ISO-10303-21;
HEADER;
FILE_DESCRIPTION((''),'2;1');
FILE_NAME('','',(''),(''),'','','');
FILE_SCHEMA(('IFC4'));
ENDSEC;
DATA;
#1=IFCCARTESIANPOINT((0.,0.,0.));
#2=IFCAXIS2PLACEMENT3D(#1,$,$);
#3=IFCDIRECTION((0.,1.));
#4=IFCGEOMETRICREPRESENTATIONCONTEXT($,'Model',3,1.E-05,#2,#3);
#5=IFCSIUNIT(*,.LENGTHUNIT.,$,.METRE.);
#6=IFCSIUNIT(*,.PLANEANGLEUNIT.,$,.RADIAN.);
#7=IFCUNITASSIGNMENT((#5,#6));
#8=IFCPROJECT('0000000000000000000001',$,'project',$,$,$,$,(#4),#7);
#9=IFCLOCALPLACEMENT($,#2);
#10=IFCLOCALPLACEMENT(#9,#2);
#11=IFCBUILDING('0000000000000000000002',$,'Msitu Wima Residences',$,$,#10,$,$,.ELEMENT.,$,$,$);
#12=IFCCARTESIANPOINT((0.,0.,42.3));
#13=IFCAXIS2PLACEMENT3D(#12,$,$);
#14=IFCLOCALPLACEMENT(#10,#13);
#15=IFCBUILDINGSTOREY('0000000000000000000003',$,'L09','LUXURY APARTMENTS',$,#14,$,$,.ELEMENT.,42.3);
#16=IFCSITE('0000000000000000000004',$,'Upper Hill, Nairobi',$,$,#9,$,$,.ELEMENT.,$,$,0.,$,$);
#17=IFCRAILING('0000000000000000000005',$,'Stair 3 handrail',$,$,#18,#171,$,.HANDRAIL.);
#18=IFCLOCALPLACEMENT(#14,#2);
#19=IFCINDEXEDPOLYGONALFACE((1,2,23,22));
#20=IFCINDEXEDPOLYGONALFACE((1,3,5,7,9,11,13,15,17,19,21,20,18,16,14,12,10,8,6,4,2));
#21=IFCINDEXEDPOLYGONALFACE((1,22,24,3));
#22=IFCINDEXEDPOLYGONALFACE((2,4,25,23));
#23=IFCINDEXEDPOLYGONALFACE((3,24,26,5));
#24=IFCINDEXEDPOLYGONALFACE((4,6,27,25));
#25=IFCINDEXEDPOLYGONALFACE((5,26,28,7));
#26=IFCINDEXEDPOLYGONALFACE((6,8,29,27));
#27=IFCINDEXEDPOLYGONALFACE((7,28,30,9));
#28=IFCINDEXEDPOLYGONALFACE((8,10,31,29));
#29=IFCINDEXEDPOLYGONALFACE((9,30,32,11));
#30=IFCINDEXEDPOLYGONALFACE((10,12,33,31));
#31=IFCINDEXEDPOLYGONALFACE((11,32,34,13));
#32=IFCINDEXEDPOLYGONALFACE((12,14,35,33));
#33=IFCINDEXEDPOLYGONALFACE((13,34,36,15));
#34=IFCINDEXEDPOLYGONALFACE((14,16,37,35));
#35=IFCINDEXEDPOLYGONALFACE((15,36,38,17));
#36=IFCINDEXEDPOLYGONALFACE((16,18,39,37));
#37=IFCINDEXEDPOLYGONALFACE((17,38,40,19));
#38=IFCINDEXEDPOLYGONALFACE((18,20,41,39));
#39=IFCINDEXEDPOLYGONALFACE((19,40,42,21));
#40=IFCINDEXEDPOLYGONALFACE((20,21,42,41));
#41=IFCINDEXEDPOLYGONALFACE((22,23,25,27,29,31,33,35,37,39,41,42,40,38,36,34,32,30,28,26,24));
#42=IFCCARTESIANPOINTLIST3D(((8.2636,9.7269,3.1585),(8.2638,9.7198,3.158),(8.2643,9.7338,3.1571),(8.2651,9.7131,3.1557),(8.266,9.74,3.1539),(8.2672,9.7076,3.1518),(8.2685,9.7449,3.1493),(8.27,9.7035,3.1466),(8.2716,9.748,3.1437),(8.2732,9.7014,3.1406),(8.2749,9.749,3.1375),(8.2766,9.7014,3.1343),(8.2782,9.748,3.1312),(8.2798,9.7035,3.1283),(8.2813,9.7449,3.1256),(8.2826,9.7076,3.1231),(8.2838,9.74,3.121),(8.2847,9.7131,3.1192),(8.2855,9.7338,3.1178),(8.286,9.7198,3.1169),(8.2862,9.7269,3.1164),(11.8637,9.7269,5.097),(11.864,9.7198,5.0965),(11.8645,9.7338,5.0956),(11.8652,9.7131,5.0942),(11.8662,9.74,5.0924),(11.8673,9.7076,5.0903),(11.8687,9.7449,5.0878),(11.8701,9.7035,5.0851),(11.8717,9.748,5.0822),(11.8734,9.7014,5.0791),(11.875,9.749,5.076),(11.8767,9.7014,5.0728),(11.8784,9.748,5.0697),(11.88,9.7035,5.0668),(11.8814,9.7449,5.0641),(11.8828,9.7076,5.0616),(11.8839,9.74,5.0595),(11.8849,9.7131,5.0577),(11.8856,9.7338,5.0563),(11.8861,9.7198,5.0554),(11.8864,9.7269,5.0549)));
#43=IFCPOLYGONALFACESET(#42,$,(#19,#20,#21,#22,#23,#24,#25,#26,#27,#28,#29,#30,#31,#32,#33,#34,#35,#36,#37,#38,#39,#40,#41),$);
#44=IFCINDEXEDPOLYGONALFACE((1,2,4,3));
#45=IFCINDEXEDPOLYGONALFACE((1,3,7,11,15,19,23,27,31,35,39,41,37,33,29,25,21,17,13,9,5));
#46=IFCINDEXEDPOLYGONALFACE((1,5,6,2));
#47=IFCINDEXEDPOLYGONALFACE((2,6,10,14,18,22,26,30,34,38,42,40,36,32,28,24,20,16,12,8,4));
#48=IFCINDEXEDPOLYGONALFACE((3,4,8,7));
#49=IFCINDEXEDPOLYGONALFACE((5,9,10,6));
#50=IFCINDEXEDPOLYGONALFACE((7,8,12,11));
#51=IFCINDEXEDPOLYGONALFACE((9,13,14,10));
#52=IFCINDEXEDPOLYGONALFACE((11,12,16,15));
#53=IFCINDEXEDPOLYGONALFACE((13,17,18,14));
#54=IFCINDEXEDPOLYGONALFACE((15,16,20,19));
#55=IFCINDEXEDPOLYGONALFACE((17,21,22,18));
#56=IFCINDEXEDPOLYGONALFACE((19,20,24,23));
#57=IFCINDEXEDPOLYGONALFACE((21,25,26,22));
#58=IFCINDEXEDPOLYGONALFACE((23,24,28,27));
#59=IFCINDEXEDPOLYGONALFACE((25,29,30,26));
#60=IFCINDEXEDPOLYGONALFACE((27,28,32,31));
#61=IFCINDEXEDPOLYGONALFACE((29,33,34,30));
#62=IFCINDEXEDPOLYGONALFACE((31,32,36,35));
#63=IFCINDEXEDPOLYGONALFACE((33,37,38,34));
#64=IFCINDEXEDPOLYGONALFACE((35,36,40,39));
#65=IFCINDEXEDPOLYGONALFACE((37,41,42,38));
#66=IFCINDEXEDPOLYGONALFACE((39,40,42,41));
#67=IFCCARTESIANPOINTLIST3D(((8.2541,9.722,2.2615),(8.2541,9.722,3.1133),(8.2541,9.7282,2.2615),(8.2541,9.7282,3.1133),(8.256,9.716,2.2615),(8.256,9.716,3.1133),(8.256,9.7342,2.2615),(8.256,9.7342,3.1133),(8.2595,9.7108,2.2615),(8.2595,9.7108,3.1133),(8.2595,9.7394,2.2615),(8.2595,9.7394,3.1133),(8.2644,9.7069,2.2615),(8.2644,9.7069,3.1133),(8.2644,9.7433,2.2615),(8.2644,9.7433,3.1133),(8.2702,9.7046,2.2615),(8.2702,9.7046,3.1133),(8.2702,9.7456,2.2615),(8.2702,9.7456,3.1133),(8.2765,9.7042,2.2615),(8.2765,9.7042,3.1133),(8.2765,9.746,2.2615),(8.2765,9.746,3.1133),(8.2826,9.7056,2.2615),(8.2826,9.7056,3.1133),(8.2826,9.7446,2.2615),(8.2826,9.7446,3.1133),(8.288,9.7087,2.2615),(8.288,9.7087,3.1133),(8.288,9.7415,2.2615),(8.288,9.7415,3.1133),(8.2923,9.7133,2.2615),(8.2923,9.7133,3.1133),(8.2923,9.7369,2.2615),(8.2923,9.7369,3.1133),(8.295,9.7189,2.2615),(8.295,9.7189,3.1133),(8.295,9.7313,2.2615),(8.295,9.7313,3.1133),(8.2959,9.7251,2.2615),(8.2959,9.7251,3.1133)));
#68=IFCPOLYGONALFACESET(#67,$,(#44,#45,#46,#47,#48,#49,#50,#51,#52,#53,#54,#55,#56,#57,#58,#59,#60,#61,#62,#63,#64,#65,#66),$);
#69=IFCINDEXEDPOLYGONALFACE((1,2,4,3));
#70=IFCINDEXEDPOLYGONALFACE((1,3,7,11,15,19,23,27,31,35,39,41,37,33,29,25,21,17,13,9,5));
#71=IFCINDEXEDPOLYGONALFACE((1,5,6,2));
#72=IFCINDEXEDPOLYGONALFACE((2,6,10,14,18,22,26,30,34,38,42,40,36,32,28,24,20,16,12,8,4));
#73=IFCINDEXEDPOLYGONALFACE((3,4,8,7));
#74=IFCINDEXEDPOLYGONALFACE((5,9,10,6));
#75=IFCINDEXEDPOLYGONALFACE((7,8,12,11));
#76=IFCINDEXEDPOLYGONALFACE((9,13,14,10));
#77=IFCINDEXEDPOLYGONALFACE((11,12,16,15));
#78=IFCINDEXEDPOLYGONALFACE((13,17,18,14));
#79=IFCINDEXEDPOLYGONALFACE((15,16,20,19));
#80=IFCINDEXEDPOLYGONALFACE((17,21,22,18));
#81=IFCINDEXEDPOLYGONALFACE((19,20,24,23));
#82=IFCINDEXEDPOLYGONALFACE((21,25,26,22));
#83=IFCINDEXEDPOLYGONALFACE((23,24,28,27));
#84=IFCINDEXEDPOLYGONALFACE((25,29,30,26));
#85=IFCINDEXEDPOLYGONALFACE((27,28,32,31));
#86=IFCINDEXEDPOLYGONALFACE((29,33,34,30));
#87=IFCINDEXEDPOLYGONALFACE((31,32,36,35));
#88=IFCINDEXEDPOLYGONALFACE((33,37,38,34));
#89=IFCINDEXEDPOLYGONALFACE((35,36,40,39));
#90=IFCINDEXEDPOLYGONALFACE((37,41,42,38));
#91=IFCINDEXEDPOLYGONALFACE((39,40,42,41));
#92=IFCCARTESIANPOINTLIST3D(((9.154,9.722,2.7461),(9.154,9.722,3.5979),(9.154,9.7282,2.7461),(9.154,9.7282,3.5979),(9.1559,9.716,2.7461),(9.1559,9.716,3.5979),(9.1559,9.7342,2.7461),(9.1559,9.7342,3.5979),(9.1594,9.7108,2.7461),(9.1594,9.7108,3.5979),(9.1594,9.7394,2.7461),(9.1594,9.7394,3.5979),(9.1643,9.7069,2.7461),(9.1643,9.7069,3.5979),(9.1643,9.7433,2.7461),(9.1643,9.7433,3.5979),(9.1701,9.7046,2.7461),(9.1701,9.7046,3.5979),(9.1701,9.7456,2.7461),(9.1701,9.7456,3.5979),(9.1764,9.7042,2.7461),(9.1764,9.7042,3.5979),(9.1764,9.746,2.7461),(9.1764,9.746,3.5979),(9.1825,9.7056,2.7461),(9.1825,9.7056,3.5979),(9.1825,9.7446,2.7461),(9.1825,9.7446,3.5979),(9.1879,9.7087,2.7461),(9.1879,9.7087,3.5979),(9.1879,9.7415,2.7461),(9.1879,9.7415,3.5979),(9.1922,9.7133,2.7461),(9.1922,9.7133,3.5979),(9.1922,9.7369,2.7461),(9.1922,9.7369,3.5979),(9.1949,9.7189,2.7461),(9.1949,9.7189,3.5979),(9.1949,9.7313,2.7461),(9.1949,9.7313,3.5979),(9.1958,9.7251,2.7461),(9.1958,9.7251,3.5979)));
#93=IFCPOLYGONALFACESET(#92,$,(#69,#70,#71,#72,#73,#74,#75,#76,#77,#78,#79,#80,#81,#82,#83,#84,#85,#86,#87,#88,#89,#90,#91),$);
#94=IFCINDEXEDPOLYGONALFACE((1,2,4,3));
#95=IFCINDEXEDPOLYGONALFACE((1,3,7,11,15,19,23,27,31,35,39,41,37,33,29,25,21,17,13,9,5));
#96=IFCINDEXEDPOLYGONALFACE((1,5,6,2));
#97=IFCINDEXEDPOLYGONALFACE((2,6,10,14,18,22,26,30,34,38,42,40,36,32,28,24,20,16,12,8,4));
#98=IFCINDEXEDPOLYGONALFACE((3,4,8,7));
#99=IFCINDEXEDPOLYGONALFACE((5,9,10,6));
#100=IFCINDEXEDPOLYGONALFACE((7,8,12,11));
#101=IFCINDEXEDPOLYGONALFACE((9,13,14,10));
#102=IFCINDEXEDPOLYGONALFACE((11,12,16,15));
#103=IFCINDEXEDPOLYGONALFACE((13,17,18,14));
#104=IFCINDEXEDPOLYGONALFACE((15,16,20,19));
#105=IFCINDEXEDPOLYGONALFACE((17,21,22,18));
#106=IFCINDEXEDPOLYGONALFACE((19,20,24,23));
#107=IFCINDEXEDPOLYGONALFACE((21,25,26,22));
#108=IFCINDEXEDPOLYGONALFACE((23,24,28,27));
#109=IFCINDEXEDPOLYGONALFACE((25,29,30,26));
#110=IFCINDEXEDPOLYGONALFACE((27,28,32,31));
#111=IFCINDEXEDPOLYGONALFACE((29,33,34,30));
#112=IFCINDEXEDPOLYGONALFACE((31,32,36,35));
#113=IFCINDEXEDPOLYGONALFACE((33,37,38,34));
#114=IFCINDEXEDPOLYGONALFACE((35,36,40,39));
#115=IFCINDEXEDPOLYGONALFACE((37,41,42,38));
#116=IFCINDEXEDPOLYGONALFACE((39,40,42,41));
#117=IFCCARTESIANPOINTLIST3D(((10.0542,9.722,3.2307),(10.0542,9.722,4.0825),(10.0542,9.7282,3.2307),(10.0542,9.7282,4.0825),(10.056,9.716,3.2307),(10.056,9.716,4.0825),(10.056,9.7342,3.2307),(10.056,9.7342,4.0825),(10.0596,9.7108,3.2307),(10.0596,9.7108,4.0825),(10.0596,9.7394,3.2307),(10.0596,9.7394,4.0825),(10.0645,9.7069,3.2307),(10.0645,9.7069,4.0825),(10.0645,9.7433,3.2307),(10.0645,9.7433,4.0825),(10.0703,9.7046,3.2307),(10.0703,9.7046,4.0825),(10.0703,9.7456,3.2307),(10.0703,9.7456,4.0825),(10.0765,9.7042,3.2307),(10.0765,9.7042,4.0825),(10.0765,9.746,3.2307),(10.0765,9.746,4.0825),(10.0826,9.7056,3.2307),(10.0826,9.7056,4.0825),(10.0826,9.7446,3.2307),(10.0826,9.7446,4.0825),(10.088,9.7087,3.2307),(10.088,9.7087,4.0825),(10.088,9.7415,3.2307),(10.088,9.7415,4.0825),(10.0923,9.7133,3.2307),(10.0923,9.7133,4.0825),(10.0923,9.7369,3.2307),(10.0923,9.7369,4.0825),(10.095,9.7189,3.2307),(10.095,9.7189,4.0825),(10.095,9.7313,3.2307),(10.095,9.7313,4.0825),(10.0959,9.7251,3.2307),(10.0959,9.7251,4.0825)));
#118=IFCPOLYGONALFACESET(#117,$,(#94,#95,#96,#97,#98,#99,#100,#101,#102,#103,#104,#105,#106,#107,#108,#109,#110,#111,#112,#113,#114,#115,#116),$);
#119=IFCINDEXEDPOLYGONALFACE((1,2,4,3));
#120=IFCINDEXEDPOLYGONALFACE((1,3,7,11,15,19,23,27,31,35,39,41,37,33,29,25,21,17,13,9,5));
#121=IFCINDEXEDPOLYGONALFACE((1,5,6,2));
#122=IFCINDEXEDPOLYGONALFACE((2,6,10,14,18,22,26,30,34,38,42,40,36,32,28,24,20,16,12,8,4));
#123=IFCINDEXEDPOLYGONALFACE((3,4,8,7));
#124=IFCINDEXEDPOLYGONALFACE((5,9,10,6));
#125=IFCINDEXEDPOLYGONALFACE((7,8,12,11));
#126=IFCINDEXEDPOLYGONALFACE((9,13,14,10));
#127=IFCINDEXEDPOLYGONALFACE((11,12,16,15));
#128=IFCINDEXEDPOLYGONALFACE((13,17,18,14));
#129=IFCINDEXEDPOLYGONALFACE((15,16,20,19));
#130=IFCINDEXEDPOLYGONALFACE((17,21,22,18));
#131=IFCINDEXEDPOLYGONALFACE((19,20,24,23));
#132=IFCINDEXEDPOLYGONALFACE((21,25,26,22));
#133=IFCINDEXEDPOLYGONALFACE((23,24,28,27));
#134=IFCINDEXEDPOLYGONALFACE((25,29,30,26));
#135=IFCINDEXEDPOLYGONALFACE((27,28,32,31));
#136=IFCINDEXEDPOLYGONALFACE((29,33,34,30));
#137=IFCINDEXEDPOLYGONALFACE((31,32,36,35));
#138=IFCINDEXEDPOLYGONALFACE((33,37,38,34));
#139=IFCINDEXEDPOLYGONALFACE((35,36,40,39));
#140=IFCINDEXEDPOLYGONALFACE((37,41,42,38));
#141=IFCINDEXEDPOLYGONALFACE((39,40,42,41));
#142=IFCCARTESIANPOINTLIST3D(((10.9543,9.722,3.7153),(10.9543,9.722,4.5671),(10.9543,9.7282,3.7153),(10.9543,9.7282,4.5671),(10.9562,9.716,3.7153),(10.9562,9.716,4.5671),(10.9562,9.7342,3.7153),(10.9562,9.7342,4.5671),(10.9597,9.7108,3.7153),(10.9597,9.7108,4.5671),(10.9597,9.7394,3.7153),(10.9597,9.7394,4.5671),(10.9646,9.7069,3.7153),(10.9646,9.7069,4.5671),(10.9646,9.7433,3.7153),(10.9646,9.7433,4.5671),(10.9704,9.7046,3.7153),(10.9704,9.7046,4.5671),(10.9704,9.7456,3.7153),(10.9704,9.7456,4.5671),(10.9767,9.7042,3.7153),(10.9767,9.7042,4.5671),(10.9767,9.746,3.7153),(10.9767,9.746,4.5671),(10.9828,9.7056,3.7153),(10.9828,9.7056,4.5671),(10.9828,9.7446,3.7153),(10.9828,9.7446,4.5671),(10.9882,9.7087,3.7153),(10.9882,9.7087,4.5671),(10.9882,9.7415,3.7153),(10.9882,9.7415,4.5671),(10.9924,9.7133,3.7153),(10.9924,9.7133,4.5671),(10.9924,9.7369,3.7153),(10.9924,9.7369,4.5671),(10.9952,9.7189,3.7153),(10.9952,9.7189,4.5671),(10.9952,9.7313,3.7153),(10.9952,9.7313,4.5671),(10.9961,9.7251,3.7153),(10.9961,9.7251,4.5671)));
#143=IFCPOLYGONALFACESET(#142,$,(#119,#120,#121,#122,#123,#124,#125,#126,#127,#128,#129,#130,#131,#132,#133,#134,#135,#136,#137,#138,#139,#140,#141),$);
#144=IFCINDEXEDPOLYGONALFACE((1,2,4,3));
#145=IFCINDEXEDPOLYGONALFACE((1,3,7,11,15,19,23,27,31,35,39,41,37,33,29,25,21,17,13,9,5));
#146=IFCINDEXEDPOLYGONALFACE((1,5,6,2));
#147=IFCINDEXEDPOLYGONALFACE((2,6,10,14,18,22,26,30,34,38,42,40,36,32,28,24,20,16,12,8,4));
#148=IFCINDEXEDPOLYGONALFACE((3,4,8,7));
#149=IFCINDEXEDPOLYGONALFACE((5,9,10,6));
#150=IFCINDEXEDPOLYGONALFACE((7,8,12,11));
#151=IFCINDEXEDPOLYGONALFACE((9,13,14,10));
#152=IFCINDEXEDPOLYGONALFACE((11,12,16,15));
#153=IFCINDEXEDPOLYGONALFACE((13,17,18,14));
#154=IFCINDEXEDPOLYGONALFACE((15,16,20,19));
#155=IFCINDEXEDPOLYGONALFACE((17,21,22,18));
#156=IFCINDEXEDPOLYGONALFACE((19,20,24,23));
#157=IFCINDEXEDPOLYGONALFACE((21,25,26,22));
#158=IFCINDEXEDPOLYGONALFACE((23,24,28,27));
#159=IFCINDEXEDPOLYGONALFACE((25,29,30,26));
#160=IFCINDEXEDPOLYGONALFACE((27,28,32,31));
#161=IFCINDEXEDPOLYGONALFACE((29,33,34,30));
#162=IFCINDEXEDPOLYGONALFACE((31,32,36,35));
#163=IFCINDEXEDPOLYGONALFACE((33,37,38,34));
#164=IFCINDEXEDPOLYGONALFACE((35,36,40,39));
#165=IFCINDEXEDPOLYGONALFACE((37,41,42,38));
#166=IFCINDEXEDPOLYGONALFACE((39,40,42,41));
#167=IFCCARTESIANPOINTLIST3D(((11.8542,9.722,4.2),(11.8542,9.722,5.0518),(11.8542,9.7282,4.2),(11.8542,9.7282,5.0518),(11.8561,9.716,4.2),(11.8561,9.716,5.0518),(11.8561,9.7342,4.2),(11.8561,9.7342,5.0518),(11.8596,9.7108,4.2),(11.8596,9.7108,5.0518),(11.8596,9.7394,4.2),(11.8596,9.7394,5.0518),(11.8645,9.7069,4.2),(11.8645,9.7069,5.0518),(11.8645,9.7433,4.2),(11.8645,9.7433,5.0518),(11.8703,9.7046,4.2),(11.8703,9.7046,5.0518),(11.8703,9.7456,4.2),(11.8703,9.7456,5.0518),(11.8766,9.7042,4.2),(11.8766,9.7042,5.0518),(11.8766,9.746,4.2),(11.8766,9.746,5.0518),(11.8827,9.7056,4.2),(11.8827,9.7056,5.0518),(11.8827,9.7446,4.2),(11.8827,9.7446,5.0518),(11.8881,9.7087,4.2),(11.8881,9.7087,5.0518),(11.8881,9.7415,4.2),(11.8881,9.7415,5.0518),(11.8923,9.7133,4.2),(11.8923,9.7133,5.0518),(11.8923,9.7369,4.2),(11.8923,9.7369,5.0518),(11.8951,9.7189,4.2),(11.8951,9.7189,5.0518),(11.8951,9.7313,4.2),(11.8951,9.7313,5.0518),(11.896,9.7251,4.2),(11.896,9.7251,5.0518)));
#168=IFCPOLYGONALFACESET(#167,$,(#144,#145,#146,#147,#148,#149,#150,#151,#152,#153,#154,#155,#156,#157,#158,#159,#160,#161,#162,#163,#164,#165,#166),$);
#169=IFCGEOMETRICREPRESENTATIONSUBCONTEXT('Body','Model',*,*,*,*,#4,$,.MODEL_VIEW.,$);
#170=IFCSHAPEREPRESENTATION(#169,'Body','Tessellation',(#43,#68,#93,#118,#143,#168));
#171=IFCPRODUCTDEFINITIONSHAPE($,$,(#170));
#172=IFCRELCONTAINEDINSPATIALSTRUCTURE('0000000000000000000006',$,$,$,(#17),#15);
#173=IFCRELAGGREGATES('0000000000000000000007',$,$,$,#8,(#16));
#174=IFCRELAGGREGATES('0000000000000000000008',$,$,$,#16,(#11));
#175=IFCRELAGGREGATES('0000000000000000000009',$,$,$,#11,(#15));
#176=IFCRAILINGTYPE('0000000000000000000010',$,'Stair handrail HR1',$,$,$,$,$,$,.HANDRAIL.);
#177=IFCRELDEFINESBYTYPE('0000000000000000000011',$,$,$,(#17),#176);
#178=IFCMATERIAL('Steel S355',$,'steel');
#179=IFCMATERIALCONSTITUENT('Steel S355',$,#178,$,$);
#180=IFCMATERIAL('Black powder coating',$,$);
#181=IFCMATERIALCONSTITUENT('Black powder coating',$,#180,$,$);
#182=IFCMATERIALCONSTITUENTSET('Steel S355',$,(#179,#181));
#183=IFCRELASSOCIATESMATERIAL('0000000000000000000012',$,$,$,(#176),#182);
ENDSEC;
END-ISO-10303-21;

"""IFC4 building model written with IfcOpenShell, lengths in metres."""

from ifc_helpers import new_model, si_unit, direction, frame, origin, origin_2d, place, context, subcontext, project, spatial, circle, extrude, material, constituent, constituent_set, type_object, element, save


model = new_model("IFC4")

# Units and contexts
model_context = context("Model", 3, precision=1e-05, world=origin(), true_north=direction((0.0, 1.0)))
body_context = subcontext(model_context, "Body", "Model", "MODEL_VIEW")
ifc_project = project(units=[si_unit("LENGTHUNIT", "METRE"), si_unit("PLANEANGLEUNIT", "RADIAN")], contexts=[model_context])

# Site, building, storey
site_placement = place(None, origin())
site = spatial("IfcSite", under=ifc_project, at=site_placement, Name="Upper Hill, Nairobi", CompositionType="ELEMENT", RefElevation=0.0)
building_placement = place(site_placement, origin())
building = spatial("IfcBuilding", under=site, at=building_placement, Name="Msitu Wima Residences", CompositionType="ELEMENT")
storey_placement = place(building_placement, frame((0.0, 0.0, 42.3)))
storey = spatial("IfcBuildingStorey", under=building, at=storey_placement, Name="L09", Description="LUXURY APARTMENTS", CompositionType="ELEMENT", Elevation=42.3)

# Railing
ifc_material_1 = material(Name="Steel S355", Category="steel")
ifc_constituent_1 = constituent(ifc_material_1, Name="Steel S355")
ifc_material_2 = material(Name="Black powder coating")
ifc_constituent_2 = constituent(ifc_material_2, Name="Black powder coating")
ifc_constituent_set = constituent_set(constituents=[ifc_constituent_1, ifc_constituent_2], Name="Steel S355")
railing_type = type_object("IfcRailingType", Name="Stair handrail HR1", PredefinedType="HANDRAIL", material=ifc_constituent_set)
for number, where, name in (
    (1, (8.2749, 9.7251, 2.2615), "Stair 3 handrail"),
):
    element("IfcRailing", number, at=place(storey_placement, frame(where)), inside=storey, type_object=railing_type, Name=name, PredefinedType="HANDRAIL", context=body_context, shape_type="SweptSolid", body=[
        extrude(circle(Radius=0.0239, at=origin_2d()), frame((0.0, 0.0, 0.876), z_axis=(0.880475, 0.0, 0.474093), x_axis=(0.0, 1.0, 0.0)), (0.0, 0.0, 1.0), 4.0889),
        extrude(circle(Radius=0.021, at=origin_2d()), origin(), (0.0, 0.0, 1.0), 0.8518),
        extrude(circle(Radius=0.021, at=origin_2d()), frame((0.8999, 0.0, 0.4846)), (0.0, 0.0, 1.0), 0.8518),
        extrude(circle(Radius=0.021, at=origin_2d()), frame((1.8, 0.0, 0.9692)), (0.0, 0.0, 1.0), 0.8518),
        extrude(circle(Radius=0.021, at=origin_2d()), frame((2.7002, 0.0, 1.4539)), (0.0, 0.0, 1.0), 0.8518),
        extrude(circle(Radius=0.021, at=origin_2d()), frame((3.6001, 0.0, 1.9385)), (0.0, 0.0, 1.0), 0.8518),
    ])

save(model, "model.ifc")
